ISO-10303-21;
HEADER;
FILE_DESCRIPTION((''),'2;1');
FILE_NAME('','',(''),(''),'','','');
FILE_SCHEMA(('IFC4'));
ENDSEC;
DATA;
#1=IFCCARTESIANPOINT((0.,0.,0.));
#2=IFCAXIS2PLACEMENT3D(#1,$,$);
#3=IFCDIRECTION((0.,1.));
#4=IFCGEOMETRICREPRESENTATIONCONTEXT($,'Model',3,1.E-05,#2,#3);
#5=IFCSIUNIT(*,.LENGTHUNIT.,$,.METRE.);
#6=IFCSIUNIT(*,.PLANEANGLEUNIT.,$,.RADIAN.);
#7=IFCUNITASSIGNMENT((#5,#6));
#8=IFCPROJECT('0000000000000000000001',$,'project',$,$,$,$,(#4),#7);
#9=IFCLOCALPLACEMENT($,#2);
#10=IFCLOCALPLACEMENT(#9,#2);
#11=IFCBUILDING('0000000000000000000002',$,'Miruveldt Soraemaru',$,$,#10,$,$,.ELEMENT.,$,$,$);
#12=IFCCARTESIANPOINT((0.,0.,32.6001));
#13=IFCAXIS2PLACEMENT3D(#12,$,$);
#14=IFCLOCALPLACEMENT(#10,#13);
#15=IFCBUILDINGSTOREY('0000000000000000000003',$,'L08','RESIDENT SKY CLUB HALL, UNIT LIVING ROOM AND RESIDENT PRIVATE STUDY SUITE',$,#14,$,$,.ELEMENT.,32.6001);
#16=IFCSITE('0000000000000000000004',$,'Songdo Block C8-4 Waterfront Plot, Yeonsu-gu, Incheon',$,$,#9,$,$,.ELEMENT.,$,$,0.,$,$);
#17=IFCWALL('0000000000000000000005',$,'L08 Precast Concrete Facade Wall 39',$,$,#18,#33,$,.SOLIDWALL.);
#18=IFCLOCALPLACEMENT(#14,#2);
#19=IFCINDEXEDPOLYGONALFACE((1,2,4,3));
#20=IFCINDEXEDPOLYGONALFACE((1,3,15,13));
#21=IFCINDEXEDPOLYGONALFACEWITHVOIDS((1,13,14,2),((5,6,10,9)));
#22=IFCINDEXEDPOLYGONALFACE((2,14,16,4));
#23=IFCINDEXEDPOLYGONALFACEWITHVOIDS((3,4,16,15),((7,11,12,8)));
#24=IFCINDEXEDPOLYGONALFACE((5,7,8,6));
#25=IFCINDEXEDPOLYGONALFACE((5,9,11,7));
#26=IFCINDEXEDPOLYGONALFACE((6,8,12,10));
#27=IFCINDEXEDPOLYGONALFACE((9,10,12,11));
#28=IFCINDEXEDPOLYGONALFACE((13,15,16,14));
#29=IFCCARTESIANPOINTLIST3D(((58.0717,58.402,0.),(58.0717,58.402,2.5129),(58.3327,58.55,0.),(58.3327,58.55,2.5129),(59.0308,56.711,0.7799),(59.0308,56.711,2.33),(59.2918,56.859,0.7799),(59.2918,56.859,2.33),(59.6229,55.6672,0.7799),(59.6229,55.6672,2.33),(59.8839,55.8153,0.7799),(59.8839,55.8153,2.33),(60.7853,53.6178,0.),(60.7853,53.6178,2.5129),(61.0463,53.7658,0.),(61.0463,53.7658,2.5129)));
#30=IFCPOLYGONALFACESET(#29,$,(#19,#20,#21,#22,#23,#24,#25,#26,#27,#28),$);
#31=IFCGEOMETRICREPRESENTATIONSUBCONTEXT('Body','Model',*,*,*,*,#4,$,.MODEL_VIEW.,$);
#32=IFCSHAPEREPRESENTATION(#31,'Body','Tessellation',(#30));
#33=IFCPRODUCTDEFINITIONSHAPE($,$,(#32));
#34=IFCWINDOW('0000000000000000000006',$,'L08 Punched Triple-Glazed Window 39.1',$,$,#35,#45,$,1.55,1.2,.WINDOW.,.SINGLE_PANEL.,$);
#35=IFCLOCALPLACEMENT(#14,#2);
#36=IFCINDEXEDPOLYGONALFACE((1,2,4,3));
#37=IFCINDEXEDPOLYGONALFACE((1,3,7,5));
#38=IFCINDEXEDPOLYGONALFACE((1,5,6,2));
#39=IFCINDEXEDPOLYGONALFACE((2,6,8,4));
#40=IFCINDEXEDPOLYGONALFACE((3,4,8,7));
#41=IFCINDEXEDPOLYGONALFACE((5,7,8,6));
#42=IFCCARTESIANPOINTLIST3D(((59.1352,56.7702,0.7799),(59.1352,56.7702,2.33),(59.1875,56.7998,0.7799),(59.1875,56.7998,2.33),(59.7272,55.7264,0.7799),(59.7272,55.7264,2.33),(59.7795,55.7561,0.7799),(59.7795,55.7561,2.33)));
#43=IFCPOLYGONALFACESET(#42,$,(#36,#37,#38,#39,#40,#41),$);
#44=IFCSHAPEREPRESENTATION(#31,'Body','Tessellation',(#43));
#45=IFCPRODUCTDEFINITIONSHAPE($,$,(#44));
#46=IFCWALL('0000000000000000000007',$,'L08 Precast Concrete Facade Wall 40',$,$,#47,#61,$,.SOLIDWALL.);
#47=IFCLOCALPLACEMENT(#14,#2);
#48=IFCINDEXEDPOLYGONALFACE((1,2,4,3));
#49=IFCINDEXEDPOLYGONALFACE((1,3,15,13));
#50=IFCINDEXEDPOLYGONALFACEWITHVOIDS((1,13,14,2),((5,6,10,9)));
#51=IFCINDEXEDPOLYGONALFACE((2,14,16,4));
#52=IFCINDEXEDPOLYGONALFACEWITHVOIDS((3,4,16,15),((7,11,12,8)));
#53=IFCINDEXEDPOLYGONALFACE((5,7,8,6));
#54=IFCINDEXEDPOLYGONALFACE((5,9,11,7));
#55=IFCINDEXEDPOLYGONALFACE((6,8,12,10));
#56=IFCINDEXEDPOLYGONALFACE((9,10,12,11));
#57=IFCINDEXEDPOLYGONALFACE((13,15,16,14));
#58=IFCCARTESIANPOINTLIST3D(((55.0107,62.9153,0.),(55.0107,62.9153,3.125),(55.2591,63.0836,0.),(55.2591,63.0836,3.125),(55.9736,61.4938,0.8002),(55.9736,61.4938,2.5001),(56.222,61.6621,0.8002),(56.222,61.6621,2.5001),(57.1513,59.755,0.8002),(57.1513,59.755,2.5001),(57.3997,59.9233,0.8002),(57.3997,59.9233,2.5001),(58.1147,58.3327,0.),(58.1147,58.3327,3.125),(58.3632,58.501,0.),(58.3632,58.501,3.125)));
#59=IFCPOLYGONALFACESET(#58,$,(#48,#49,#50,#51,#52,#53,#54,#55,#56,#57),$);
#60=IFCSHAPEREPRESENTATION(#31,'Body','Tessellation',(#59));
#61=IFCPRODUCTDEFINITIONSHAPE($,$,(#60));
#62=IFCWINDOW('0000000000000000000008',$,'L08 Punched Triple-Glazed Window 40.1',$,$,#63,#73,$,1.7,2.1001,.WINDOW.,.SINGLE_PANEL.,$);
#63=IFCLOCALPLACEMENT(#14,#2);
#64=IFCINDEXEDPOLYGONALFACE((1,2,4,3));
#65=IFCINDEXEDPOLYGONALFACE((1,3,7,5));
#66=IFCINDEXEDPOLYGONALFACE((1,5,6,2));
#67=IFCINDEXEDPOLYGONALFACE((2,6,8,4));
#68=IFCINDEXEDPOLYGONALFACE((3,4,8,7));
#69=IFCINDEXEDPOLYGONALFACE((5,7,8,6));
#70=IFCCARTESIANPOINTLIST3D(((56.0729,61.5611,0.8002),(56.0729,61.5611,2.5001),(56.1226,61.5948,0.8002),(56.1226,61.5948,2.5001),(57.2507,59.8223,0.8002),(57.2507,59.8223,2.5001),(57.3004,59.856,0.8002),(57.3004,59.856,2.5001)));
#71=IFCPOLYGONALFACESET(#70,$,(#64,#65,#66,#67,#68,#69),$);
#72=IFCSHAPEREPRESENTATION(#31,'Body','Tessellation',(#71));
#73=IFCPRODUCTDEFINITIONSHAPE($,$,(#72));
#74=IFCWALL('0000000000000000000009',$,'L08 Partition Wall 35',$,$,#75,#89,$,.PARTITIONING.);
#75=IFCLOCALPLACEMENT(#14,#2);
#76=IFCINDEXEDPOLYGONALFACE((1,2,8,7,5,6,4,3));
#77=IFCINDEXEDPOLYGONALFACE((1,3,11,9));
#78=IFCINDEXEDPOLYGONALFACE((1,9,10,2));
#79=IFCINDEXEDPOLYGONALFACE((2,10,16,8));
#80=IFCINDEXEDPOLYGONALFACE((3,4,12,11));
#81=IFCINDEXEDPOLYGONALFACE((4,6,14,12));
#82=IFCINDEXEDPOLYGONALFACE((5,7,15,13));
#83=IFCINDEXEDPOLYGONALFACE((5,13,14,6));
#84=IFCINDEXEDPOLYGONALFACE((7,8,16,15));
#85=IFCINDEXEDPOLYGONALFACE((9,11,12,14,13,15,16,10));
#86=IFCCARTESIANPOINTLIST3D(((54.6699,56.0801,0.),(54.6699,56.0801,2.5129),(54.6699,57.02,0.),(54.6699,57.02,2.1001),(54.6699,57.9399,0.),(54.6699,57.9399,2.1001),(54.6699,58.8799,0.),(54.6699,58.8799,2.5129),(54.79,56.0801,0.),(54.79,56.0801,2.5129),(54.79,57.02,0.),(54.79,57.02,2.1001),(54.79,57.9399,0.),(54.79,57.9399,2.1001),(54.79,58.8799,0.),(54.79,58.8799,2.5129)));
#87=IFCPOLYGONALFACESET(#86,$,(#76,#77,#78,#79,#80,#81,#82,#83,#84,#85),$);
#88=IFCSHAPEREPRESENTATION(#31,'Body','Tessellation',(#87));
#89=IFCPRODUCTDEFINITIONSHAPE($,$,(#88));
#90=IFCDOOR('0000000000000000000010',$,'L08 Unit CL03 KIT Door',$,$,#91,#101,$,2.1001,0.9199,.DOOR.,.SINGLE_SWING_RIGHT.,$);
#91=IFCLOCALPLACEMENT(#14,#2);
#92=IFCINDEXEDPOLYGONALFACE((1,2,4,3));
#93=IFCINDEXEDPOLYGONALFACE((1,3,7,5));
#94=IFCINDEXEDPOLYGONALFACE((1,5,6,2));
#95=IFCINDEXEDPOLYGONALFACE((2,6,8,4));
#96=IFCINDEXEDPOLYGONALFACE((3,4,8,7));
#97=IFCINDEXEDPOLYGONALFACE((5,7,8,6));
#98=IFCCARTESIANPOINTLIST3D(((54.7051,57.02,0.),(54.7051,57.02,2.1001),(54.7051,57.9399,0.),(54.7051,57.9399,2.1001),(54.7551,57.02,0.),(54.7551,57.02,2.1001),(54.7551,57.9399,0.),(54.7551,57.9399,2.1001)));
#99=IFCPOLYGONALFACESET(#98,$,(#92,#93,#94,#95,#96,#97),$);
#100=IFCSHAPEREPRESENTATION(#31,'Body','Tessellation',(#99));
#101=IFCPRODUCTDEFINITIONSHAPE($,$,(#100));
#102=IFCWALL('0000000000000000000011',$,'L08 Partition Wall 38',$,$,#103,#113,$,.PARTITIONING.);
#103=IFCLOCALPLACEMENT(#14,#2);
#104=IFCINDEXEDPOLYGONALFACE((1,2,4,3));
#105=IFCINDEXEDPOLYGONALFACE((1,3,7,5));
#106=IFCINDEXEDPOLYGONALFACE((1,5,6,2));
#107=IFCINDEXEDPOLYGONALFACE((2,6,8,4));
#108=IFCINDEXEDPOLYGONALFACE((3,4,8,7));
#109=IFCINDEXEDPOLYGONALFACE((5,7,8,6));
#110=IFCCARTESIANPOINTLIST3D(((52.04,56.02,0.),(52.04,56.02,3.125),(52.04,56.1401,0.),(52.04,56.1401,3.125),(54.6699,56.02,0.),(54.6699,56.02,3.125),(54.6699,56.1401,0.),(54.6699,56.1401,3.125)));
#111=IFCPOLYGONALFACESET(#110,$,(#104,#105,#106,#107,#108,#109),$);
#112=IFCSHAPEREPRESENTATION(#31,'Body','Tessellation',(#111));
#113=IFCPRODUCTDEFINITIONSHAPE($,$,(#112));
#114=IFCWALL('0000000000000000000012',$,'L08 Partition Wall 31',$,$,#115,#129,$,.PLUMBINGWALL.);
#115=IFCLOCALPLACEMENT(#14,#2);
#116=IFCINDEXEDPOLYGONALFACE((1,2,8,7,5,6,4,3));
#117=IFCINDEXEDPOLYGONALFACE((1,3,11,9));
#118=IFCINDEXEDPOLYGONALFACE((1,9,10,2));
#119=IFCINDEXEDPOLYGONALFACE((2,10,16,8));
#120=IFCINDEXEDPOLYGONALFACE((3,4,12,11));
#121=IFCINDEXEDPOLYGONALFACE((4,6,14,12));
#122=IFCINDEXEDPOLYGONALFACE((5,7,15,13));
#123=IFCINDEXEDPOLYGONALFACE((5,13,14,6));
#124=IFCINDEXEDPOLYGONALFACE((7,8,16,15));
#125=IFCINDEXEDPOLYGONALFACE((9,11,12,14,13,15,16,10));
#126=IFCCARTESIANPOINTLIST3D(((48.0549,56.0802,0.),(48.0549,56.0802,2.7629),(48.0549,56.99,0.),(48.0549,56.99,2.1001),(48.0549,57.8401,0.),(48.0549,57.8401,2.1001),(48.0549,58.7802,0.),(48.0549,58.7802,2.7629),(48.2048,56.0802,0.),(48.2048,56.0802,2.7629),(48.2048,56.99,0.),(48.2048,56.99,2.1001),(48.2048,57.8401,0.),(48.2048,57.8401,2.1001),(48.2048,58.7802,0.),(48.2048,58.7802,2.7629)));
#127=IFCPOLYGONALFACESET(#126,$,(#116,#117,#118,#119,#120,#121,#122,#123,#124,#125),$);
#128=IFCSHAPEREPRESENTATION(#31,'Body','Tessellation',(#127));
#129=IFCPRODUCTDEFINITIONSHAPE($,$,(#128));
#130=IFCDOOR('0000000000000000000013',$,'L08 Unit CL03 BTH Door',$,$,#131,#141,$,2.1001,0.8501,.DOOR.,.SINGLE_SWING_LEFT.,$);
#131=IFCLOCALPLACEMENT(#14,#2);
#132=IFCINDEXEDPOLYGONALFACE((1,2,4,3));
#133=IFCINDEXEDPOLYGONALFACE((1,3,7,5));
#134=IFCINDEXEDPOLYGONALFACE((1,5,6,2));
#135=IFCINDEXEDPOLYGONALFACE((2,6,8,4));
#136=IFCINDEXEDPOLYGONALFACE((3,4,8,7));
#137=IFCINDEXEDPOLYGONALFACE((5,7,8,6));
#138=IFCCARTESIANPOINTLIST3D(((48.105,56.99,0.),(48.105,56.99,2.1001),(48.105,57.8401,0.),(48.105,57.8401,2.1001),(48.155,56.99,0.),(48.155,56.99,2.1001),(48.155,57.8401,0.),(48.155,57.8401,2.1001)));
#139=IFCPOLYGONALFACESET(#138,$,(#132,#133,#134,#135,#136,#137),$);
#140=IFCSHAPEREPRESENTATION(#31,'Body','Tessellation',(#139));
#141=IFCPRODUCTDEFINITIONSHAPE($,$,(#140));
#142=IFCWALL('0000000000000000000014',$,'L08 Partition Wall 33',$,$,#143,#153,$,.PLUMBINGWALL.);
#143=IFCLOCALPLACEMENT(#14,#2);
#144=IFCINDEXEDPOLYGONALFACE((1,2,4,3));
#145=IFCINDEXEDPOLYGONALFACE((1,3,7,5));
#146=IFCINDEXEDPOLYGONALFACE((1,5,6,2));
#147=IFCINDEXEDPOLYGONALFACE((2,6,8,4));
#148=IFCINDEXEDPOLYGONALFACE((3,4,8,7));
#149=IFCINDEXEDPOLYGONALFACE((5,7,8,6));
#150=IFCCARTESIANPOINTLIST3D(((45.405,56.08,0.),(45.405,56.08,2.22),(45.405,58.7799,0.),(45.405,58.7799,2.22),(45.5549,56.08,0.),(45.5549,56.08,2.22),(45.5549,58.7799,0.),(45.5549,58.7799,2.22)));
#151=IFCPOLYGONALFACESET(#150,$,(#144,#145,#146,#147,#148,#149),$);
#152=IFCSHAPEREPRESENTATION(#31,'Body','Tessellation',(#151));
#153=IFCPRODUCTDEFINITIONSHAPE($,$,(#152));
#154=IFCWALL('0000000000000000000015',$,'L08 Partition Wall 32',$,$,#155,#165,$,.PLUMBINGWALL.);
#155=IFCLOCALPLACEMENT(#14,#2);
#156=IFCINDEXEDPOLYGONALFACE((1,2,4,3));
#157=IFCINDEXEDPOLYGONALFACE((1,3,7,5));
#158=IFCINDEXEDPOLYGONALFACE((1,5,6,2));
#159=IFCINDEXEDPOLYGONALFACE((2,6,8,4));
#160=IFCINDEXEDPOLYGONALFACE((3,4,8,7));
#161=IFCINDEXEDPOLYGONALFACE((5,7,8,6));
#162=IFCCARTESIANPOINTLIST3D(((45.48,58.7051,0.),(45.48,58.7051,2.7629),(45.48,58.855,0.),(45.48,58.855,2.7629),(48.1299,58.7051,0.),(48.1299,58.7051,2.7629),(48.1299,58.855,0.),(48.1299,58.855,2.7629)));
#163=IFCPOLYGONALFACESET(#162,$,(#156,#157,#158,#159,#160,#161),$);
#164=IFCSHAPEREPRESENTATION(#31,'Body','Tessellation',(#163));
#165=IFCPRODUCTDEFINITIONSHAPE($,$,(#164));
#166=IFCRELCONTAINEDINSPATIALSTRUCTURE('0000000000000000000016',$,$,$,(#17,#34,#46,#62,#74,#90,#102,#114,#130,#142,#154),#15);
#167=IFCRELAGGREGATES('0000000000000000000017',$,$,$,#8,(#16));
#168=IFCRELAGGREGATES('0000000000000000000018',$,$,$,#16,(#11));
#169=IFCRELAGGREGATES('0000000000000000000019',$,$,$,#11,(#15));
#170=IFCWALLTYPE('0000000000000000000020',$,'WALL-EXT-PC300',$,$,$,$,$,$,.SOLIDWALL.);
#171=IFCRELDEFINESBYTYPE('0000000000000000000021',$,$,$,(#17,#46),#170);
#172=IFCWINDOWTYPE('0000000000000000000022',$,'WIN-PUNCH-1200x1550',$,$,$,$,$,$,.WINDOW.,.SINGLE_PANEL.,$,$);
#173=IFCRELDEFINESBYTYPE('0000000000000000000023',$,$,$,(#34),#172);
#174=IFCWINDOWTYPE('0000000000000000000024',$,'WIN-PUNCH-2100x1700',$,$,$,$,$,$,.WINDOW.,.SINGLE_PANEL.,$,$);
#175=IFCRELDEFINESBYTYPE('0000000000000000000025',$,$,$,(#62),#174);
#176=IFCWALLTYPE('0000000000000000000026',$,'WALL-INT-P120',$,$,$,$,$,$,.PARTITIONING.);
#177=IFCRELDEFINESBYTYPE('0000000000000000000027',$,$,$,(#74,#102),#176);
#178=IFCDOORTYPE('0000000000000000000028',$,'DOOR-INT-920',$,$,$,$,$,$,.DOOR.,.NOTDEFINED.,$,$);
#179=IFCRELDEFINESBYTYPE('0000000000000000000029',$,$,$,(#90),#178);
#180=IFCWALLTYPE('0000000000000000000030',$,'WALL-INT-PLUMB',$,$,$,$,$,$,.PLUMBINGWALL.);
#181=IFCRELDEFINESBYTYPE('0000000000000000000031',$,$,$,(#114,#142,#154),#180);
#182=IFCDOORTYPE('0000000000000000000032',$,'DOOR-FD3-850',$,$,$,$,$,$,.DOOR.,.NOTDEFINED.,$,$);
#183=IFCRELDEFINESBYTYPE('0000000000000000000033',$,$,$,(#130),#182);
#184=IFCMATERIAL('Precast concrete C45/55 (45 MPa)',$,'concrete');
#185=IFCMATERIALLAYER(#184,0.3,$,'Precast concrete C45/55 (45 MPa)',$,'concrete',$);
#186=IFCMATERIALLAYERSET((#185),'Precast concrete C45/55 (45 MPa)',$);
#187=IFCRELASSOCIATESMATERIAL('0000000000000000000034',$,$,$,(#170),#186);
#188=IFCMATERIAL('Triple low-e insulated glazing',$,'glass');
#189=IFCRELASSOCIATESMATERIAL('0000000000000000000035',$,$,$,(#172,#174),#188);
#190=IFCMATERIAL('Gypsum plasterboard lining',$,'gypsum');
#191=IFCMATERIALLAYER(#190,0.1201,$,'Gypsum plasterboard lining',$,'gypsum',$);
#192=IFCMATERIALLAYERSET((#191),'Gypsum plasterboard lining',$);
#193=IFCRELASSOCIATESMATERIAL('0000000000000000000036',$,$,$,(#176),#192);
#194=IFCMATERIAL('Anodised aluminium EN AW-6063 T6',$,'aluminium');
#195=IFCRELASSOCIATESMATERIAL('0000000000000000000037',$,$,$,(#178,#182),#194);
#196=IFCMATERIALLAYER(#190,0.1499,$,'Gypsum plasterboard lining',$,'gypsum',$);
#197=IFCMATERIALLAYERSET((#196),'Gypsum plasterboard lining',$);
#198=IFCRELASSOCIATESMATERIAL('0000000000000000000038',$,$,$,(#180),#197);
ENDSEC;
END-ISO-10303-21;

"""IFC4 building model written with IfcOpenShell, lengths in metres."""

from ifc_helpers import new_model, si_unit, direction, frame, frame_2d, origin, place, context, subcontext, project, spatial, rectangle, extrude, material, layer, layer_set, type_object, element, fill, save


model = new_model("IFC4")

# Units and contexts
model_context = context("Model", 3, precision=1e-05, world=origin(), true_north=direction((0.0, 1.0)))
body_context = subcontext(model_context, "Body", "Model", "MODEL_VIEW")
ifc_project = project(units=[si_unit("LENGTHUNIT", "METRE"), si_unit("PLANEANGLEUNIT", "RADIAN")], contexts=[model_context])

# Site, building, storey
site_placement = place(None, origin())
site = spatial("IfcSite", under=ifc_project, at=site_placement, Name="Songdo Block C8-4 Waterfront Plot, Yeonsu-gu, Incheon", CompositionType="ELEMENT", RefElevation=0.0)
building_placement = place(site_placement, origin())
building = spatial("IfcBuilding", under=site, at=building_placement, Name="Miruveldt Soraemaru", CompositionType="ELEMENT")
storey_placement = place(building_placement, frame((0.0, 0.0, 32.6001)))
storey = spatial("IfcBuildingStorey", under=building, at=storey_placement, Name="L08", Description="RESIDENT SKY CLUB HALL, UNIT LIVING ROOM AND RESIDENT PRIVATE STUDY SUITE", CompositionType="ELEMENT", Elevation=32.6001)

# Walls, openings, windows
ifc_material_1 = material(Name="Precast concrete C45/55 (45 MPa)", Category="concrete")
ifc_layer_1 = layer(ifc_material_1, 0.3, Name="Precast concrete C45/55 (45 MPa)", Category="concrete")
ifc_layer_set_1 = layer_set([ifc_layer_1], Name="Precast concrete C45/55 (45 MPa)")
wall_type_1 = type_object("IfcWallType", Name="WALL-EXT-PC300", PredefinedType="SOLIDWALL", material=ifc_layer_set_1)
wall_1_placement = place(storey_placement, frame((60.9158, 53.6919, 0.0), z_axis=(0.0, 0.0, 1.0), x_axis=(-0.493369, 0.86982, 0.0)))
wall_1 = element("IfcWall", 1, at=wall_1_placement, inside=storey, type_object=wall_type_1, Name="L08 Precast Concrete Facade Wall 39", PredefinedType="SOLIDWALL", context=body_context, shape_type="SweptSolid", body=[
    extrude(rectangle(XDim=5.5002, YDim=0.3, at=frame_2d((2.75, 0.0))), origin(), (0.0, 0.0, 1.0), 2.5129),
])
opening_1_placement = place(wall_1_placement, frame((2.356, 0.0, 0.78)))
opening_1 = element("IfcOpeningElement", 2, at=opening_1_placement, cuts=wall_1, PredefinedType="OPENING", context=body_context, shape_type="SweptSolid", body=[
    extrude(rectangle(XDim=1.2, YDim=1.55, at=frame_2d((0.6001, 0.7749))), frame((0.0, 0.1602, 0.0), z_axis=(0.0, -1.0, 0.0), x_axis=(1.0, 0.0, 0.0)), (0.0, 0.0, 1.0), 0.3201),
])
ifc_material_2 = material(Name="Triple low-e insulated glazing", Category="glass")
window_type_1 = type_object("IfcWindowType", Name="WIN-PUNCH-1200x1550", PartitioningType="SINGLE_PANEL", PredefinedType="WINDOW", material=ifc_material_2)
window_1_placement = place(opening_1_placement, origin())
window_1 = element("IfcWindow", 3, at=window_1_placement, inside=storey, type_object=window_type_1, Name="L08 Punched Triple-Glazed Window 39.1", OverallHeight=1.55, OverallWidth=1.2, PartitioningType="SINGLE_PANEL", PredefinedType="WINDOW", context=body_context, shape_type="SweptSolid", body=[
    extrude(rectangle(XDim=1.2, YDim=1.55, at=frame_2d((0.6001, 0.7749))), frame((0.0, 0.03, 0.0), z_axis=(0.0, -1.0, 0.0), x_axis=(1.0, 0.0, 0.0)), (0.0, 0.0, 1.0), 0.0601),
])
fill(opening_1, window_1)
wall_2_placement = place(storey_placement, frame((58.239, 58.4167, 0.0), z_axis=(0.0, 0.0, 1.0), x_axis=(-0.560813, 0.827942, 0.0)))
wall_2 = element("IfcWall", 4, at=wall_2_placement, inside=storey, type_object=wall_type_1, Name="L08 Precast Concrete Facade Wall 40", PredefinedType="SOLIDWALL", context=body_context, shape_type="SweptSolid", body=[
    extrude(rectangle(XDim=5.5349, YDim=0.3, at=frame_2d((2.7676, 0.0))), origin(), (0.0, 0.0, 1.0), 3.125),
])
opening_2_placement = place(wall_2_placement, frame((1.718, 0.0, 0.8)))
opening_2 = element("IfcOpeningElement", 5, at=opening_2_placement, cuts=wall_2, PredefinedType="OPENING", context=body_context, shape_type="SweptSolid", body=[
    extrude(rectangle(XDim=2.1001, YDim=1.7, at=frame_2d((1.05, 0.8501))), frame((0.0, 0.1602, 0.0), z_axis=(0.0, -1.0, 0.0), x_axis=(1.0, 0.0, 0.0)), (0.0, 0.0, 1.0), 0.3201),
])
window_type_2 = type_object("IfcWindowType", Name="WIN-PUNCH-2100x1700", PartitioningType="SINGLE_PANEL", PredefinedType="WINDOW", material=ifc_material_2)
window_2_placement = place(opening_2_placement, origin())
window_2 = element("IfcWindow", 6, at=window_2_placement, inside=storey, type_object=window_type_2, Name="L08 Punched Triple-Glazed Window 40.1", OverallHeight=1.7, OverallWidth=2.1001, PartitioningType="SINGLE_PANEL", PredefinedType="WINDOW", context=body_context, shape_type="SweptSolid", body=[
    extrude(rectangle(XDim=2.1001, YDim=1.7, at=frame_2d((1.05, 0.8501))), frame((0.0, 0.03, 0.0), z_axis=(0.0, -1.0, 0.0), x_axis=(1.0, 0.0, 0.0)), (0.0, 0.0, 1.0), 0.0601),
])
fill(opening_2, window_2)

# Wall, opening, door
ifc_material_3 = material(Name="Gypsum plasterboard lining", Category="gypsum")
ifc_layer_2 = layer(ifc_material_3, 0.1201, Name="Gypsum plasterboard lining", Category="gypsum")
ifc_layer_set_2 = layer_set([ifc_layer_2], Name="Gypsum plasterboard lining")
wall_type_2 = type_object("IfcWallType", Name="WALL-INT-P120", PredefinedType="PARTITIONING", material=ifc_layer_set_2)
wall_3_placement = place(storey_placement, frame((54.73, 56.0801, 0.0), z_axis=(0.0, 0.0, 1.0), x_axis=(0.0, 1.0, 0.0)))
wall_3 = element("IfcWall", 7, at=wall_3_placement, inside=storey, type_object=wall_type_2, Name="L08 Partition Wall 35", PredefinedType="PARTITIONING", context=body_context, shape_type="SweptSolid", body=[
    extrude(rectangle(XDim=2.7998, YDim=0.1201, at=frame_2d((1.3999, 0.0))), origin(), (0.0, 0.0, 1.0), 2.5129),
])
opening_3_placement = place(wall_3_placement, frame((0.9399, 0.0, 0.0)))
opening_3 = element("IfcOpeningElement", 8, at=opening_3_placement, cuts=wall_3, PredefinedType="OPENING", context=body_context, shape_type="SweptSolid", body=[
    extrude(rectangle(XDim=0.9199, YDim=2.1001, at=frame_2d((0.46, 1.05))), frame((0.0, 0.0701, 0.0), z_axis=(0.0, -1.0, 0.0), x_axis=(1.0, 0.0, 0.0)), (0.0, 0.0, 1.0), 0.1401),
])
ifc_material_4 = material(Name="Anodised aluminium EN AW-6063 T6", Category="aluminium")
door_type_1 = type_object("IfcDoorType", Name="DOOR-INT-920", OperationType="NOTDEFINED", PredefinedType="DOOR", material=ifc_material_4)
door_1_placement = place(opening_3_placement, origin())
door_1 = element("IfcDoor", 9, at=door_1_placement, inside=storey, type_object=door_type_1, Name="L08 Unit CL03 KIT Door", OperationType="SINGLE_SWING_RIGHT", OverallHeight=2.1001, OverallWidth=0.9199, PredefinedType="DOOR", context=body_context, shape_type="SweptSolid", body=[
    extrude(rectangle(XDim=0.9199, YDim=2.1001, at=frame_2d((0.46, 1.05))), frame((0.0, 0.0249, 0.0), z_axis=(0.0, -1.0, 0.0), x_axis=(1.0, 0.0, 0.0)), (0.0, 0.0, 1.0), 0.05),
])
fill(opening_3, door_1)

# Wall
wall_4_placement = place(storey_placement, frame((52.04, 56.0801, 0.0), z_axis=(0.0, 0.0, 1.0), x_axis=(1.0, 0.0, 0.0)))
element("IfcWall", 10, at=wall_4_placement, inside=storey, type_object=wall_type_2, Name="L08 Partition Wall 38", PredefinedType="PARTITIONING", context=body_context, shape_type="SweptSolid", body=[
    extrude(rectangle(XDim=2.6299, YDim=0.1201, at=frame_2d((1.3149, 0.0))), origin(), (0.0, 0.0, 1.0), 3.125),
])

# Wall, opening, door
ifc_layer_3 = layer(ifc_material_3, 0.1499, Name="Gypsum plasterboard lining", Category="gypsum")
ifc_layer_set_3 = layer_set([ifc_layer_3], Name="Gypsum plasterboard lining")
wall_type_3 = type_object("IfcWallType", Name="WALL-INT-PLUMB", PredefinedType="PLUMBINGWALL", material=ifc_layer_set_3)
wall_5_placement = place(storey_placement, frame((48.1299, 56.0801, 0.0), z_axis=(0.0, 0.0, 1.0), x_axis=(0.0, 1.0, 0.0)))
wall_5 = element("IfcWall", 11, at=wall_5_placement, inside=storey, type_object=wall_type_3, Name="L08 Partition Wall 31", PredefinedType="PLUMBINGWALL", context=body_context, shape_type="SweptSolid", body=[
    extrude(rectangle(XDim=2.7, YDim=0.1499, at=frame_2d((1.3501, 0.0))), origin(), (0.0, 0.0, 1.0), 2.7629),
])
opening_4_placement = place(wall_5_placement, frame((0.9099, 0.0, 0.0)))
opening_4 = element("IfcOpeningElement", 12, at=opening_4_placement, cuts=wall_5, PredefinedType="OPENING", context=body_context, shape_type="SweptSolid", body=[
    extrude(rectangle(XDim=0.8501, YDim=2.1001, at=frame_2d((0.425, 1.05))), frame((0.0, 0.085, 0.0), z_axis=(0.0, -1.0, 0.0), x_axis=(1.0, 0.0, 0.0)), (0.0, 0.0, 1.0), 0.1699),
])
door_type_2 = type_object("IfcDoorType", Name="DOOR-FD3-850", OperationType="NOTDEFINED", PredefinedType="DOOR", material=ifc_material_4)
door_2_placement = place(opening_4_placement, origin())
door_2 = element("IfcDoor", 13, at=door_2_placement, inside=storey, type_object=door_type_2, Name="L08 Unit CL03 BTH Door", OperationType="SINGLE_SWING_LEFT", OverallHeight=2.1001, OverallWidth=0.8501, PredefinedType="DOOR", context=body_context, shape_type="SweptSolid", body=[
    extrude(rectangle(XDim=0.8501, YDim=2.1001, at=frame_2d((0.425, 1.05))), frame((0.0, 0.0249, 0.0), z_axis=(0.0, -1.0, 0.0), x_axis=(1.0, 0.0, 0.0)), (0.0, 0.0, 1.0), 0.05),
])
fill(opening_4, door_2)

# Walls
wall_6_placement = place(storey_placement, frame((45.48, 58.78, 0.0), z_axis=(0.0, 0.0, 1.0), x_axis=(0.0, -1.0, 0.0)))
element("IfcWall", 14, at=wall_6_placement, inside=storey, type_object=wall_type_3, Name="L08 Partition Wall 33", PredefinedType="PLUMBINGWALL", context=body_context, shape_type="SweptSolid", body=[
    extrude(rectangle(XDim=2.7, YDim=0.1499, at=frame_2d((1.3501, 0.0))), origin(), (0.0, 0.0, 1.0), 2.22),
])
wall_7_placement = place(storey_placement, frame((48.1299, 58.78, 0.0), z_axis=(0.0, 0.0, 1.0), x_axis=(-1.0, 0.0, 0.0)))
element("IfcWall", 15, at=wall_7_placement, inside=storey, type_object=wall_type_3, Name="L08 Partition Wall 32", PredefinedType="PLUMBINGWALL", context=body_context, shape_type="SweptSolid", body=[
    extrude(rectangle(XDim=2.6499, YDim=0.1499, at=frame_2d((1.325, 0.0))), origin(), (0.0, 0.0, 1.0), 2.7629),
])

save(model, "model.ifc")
